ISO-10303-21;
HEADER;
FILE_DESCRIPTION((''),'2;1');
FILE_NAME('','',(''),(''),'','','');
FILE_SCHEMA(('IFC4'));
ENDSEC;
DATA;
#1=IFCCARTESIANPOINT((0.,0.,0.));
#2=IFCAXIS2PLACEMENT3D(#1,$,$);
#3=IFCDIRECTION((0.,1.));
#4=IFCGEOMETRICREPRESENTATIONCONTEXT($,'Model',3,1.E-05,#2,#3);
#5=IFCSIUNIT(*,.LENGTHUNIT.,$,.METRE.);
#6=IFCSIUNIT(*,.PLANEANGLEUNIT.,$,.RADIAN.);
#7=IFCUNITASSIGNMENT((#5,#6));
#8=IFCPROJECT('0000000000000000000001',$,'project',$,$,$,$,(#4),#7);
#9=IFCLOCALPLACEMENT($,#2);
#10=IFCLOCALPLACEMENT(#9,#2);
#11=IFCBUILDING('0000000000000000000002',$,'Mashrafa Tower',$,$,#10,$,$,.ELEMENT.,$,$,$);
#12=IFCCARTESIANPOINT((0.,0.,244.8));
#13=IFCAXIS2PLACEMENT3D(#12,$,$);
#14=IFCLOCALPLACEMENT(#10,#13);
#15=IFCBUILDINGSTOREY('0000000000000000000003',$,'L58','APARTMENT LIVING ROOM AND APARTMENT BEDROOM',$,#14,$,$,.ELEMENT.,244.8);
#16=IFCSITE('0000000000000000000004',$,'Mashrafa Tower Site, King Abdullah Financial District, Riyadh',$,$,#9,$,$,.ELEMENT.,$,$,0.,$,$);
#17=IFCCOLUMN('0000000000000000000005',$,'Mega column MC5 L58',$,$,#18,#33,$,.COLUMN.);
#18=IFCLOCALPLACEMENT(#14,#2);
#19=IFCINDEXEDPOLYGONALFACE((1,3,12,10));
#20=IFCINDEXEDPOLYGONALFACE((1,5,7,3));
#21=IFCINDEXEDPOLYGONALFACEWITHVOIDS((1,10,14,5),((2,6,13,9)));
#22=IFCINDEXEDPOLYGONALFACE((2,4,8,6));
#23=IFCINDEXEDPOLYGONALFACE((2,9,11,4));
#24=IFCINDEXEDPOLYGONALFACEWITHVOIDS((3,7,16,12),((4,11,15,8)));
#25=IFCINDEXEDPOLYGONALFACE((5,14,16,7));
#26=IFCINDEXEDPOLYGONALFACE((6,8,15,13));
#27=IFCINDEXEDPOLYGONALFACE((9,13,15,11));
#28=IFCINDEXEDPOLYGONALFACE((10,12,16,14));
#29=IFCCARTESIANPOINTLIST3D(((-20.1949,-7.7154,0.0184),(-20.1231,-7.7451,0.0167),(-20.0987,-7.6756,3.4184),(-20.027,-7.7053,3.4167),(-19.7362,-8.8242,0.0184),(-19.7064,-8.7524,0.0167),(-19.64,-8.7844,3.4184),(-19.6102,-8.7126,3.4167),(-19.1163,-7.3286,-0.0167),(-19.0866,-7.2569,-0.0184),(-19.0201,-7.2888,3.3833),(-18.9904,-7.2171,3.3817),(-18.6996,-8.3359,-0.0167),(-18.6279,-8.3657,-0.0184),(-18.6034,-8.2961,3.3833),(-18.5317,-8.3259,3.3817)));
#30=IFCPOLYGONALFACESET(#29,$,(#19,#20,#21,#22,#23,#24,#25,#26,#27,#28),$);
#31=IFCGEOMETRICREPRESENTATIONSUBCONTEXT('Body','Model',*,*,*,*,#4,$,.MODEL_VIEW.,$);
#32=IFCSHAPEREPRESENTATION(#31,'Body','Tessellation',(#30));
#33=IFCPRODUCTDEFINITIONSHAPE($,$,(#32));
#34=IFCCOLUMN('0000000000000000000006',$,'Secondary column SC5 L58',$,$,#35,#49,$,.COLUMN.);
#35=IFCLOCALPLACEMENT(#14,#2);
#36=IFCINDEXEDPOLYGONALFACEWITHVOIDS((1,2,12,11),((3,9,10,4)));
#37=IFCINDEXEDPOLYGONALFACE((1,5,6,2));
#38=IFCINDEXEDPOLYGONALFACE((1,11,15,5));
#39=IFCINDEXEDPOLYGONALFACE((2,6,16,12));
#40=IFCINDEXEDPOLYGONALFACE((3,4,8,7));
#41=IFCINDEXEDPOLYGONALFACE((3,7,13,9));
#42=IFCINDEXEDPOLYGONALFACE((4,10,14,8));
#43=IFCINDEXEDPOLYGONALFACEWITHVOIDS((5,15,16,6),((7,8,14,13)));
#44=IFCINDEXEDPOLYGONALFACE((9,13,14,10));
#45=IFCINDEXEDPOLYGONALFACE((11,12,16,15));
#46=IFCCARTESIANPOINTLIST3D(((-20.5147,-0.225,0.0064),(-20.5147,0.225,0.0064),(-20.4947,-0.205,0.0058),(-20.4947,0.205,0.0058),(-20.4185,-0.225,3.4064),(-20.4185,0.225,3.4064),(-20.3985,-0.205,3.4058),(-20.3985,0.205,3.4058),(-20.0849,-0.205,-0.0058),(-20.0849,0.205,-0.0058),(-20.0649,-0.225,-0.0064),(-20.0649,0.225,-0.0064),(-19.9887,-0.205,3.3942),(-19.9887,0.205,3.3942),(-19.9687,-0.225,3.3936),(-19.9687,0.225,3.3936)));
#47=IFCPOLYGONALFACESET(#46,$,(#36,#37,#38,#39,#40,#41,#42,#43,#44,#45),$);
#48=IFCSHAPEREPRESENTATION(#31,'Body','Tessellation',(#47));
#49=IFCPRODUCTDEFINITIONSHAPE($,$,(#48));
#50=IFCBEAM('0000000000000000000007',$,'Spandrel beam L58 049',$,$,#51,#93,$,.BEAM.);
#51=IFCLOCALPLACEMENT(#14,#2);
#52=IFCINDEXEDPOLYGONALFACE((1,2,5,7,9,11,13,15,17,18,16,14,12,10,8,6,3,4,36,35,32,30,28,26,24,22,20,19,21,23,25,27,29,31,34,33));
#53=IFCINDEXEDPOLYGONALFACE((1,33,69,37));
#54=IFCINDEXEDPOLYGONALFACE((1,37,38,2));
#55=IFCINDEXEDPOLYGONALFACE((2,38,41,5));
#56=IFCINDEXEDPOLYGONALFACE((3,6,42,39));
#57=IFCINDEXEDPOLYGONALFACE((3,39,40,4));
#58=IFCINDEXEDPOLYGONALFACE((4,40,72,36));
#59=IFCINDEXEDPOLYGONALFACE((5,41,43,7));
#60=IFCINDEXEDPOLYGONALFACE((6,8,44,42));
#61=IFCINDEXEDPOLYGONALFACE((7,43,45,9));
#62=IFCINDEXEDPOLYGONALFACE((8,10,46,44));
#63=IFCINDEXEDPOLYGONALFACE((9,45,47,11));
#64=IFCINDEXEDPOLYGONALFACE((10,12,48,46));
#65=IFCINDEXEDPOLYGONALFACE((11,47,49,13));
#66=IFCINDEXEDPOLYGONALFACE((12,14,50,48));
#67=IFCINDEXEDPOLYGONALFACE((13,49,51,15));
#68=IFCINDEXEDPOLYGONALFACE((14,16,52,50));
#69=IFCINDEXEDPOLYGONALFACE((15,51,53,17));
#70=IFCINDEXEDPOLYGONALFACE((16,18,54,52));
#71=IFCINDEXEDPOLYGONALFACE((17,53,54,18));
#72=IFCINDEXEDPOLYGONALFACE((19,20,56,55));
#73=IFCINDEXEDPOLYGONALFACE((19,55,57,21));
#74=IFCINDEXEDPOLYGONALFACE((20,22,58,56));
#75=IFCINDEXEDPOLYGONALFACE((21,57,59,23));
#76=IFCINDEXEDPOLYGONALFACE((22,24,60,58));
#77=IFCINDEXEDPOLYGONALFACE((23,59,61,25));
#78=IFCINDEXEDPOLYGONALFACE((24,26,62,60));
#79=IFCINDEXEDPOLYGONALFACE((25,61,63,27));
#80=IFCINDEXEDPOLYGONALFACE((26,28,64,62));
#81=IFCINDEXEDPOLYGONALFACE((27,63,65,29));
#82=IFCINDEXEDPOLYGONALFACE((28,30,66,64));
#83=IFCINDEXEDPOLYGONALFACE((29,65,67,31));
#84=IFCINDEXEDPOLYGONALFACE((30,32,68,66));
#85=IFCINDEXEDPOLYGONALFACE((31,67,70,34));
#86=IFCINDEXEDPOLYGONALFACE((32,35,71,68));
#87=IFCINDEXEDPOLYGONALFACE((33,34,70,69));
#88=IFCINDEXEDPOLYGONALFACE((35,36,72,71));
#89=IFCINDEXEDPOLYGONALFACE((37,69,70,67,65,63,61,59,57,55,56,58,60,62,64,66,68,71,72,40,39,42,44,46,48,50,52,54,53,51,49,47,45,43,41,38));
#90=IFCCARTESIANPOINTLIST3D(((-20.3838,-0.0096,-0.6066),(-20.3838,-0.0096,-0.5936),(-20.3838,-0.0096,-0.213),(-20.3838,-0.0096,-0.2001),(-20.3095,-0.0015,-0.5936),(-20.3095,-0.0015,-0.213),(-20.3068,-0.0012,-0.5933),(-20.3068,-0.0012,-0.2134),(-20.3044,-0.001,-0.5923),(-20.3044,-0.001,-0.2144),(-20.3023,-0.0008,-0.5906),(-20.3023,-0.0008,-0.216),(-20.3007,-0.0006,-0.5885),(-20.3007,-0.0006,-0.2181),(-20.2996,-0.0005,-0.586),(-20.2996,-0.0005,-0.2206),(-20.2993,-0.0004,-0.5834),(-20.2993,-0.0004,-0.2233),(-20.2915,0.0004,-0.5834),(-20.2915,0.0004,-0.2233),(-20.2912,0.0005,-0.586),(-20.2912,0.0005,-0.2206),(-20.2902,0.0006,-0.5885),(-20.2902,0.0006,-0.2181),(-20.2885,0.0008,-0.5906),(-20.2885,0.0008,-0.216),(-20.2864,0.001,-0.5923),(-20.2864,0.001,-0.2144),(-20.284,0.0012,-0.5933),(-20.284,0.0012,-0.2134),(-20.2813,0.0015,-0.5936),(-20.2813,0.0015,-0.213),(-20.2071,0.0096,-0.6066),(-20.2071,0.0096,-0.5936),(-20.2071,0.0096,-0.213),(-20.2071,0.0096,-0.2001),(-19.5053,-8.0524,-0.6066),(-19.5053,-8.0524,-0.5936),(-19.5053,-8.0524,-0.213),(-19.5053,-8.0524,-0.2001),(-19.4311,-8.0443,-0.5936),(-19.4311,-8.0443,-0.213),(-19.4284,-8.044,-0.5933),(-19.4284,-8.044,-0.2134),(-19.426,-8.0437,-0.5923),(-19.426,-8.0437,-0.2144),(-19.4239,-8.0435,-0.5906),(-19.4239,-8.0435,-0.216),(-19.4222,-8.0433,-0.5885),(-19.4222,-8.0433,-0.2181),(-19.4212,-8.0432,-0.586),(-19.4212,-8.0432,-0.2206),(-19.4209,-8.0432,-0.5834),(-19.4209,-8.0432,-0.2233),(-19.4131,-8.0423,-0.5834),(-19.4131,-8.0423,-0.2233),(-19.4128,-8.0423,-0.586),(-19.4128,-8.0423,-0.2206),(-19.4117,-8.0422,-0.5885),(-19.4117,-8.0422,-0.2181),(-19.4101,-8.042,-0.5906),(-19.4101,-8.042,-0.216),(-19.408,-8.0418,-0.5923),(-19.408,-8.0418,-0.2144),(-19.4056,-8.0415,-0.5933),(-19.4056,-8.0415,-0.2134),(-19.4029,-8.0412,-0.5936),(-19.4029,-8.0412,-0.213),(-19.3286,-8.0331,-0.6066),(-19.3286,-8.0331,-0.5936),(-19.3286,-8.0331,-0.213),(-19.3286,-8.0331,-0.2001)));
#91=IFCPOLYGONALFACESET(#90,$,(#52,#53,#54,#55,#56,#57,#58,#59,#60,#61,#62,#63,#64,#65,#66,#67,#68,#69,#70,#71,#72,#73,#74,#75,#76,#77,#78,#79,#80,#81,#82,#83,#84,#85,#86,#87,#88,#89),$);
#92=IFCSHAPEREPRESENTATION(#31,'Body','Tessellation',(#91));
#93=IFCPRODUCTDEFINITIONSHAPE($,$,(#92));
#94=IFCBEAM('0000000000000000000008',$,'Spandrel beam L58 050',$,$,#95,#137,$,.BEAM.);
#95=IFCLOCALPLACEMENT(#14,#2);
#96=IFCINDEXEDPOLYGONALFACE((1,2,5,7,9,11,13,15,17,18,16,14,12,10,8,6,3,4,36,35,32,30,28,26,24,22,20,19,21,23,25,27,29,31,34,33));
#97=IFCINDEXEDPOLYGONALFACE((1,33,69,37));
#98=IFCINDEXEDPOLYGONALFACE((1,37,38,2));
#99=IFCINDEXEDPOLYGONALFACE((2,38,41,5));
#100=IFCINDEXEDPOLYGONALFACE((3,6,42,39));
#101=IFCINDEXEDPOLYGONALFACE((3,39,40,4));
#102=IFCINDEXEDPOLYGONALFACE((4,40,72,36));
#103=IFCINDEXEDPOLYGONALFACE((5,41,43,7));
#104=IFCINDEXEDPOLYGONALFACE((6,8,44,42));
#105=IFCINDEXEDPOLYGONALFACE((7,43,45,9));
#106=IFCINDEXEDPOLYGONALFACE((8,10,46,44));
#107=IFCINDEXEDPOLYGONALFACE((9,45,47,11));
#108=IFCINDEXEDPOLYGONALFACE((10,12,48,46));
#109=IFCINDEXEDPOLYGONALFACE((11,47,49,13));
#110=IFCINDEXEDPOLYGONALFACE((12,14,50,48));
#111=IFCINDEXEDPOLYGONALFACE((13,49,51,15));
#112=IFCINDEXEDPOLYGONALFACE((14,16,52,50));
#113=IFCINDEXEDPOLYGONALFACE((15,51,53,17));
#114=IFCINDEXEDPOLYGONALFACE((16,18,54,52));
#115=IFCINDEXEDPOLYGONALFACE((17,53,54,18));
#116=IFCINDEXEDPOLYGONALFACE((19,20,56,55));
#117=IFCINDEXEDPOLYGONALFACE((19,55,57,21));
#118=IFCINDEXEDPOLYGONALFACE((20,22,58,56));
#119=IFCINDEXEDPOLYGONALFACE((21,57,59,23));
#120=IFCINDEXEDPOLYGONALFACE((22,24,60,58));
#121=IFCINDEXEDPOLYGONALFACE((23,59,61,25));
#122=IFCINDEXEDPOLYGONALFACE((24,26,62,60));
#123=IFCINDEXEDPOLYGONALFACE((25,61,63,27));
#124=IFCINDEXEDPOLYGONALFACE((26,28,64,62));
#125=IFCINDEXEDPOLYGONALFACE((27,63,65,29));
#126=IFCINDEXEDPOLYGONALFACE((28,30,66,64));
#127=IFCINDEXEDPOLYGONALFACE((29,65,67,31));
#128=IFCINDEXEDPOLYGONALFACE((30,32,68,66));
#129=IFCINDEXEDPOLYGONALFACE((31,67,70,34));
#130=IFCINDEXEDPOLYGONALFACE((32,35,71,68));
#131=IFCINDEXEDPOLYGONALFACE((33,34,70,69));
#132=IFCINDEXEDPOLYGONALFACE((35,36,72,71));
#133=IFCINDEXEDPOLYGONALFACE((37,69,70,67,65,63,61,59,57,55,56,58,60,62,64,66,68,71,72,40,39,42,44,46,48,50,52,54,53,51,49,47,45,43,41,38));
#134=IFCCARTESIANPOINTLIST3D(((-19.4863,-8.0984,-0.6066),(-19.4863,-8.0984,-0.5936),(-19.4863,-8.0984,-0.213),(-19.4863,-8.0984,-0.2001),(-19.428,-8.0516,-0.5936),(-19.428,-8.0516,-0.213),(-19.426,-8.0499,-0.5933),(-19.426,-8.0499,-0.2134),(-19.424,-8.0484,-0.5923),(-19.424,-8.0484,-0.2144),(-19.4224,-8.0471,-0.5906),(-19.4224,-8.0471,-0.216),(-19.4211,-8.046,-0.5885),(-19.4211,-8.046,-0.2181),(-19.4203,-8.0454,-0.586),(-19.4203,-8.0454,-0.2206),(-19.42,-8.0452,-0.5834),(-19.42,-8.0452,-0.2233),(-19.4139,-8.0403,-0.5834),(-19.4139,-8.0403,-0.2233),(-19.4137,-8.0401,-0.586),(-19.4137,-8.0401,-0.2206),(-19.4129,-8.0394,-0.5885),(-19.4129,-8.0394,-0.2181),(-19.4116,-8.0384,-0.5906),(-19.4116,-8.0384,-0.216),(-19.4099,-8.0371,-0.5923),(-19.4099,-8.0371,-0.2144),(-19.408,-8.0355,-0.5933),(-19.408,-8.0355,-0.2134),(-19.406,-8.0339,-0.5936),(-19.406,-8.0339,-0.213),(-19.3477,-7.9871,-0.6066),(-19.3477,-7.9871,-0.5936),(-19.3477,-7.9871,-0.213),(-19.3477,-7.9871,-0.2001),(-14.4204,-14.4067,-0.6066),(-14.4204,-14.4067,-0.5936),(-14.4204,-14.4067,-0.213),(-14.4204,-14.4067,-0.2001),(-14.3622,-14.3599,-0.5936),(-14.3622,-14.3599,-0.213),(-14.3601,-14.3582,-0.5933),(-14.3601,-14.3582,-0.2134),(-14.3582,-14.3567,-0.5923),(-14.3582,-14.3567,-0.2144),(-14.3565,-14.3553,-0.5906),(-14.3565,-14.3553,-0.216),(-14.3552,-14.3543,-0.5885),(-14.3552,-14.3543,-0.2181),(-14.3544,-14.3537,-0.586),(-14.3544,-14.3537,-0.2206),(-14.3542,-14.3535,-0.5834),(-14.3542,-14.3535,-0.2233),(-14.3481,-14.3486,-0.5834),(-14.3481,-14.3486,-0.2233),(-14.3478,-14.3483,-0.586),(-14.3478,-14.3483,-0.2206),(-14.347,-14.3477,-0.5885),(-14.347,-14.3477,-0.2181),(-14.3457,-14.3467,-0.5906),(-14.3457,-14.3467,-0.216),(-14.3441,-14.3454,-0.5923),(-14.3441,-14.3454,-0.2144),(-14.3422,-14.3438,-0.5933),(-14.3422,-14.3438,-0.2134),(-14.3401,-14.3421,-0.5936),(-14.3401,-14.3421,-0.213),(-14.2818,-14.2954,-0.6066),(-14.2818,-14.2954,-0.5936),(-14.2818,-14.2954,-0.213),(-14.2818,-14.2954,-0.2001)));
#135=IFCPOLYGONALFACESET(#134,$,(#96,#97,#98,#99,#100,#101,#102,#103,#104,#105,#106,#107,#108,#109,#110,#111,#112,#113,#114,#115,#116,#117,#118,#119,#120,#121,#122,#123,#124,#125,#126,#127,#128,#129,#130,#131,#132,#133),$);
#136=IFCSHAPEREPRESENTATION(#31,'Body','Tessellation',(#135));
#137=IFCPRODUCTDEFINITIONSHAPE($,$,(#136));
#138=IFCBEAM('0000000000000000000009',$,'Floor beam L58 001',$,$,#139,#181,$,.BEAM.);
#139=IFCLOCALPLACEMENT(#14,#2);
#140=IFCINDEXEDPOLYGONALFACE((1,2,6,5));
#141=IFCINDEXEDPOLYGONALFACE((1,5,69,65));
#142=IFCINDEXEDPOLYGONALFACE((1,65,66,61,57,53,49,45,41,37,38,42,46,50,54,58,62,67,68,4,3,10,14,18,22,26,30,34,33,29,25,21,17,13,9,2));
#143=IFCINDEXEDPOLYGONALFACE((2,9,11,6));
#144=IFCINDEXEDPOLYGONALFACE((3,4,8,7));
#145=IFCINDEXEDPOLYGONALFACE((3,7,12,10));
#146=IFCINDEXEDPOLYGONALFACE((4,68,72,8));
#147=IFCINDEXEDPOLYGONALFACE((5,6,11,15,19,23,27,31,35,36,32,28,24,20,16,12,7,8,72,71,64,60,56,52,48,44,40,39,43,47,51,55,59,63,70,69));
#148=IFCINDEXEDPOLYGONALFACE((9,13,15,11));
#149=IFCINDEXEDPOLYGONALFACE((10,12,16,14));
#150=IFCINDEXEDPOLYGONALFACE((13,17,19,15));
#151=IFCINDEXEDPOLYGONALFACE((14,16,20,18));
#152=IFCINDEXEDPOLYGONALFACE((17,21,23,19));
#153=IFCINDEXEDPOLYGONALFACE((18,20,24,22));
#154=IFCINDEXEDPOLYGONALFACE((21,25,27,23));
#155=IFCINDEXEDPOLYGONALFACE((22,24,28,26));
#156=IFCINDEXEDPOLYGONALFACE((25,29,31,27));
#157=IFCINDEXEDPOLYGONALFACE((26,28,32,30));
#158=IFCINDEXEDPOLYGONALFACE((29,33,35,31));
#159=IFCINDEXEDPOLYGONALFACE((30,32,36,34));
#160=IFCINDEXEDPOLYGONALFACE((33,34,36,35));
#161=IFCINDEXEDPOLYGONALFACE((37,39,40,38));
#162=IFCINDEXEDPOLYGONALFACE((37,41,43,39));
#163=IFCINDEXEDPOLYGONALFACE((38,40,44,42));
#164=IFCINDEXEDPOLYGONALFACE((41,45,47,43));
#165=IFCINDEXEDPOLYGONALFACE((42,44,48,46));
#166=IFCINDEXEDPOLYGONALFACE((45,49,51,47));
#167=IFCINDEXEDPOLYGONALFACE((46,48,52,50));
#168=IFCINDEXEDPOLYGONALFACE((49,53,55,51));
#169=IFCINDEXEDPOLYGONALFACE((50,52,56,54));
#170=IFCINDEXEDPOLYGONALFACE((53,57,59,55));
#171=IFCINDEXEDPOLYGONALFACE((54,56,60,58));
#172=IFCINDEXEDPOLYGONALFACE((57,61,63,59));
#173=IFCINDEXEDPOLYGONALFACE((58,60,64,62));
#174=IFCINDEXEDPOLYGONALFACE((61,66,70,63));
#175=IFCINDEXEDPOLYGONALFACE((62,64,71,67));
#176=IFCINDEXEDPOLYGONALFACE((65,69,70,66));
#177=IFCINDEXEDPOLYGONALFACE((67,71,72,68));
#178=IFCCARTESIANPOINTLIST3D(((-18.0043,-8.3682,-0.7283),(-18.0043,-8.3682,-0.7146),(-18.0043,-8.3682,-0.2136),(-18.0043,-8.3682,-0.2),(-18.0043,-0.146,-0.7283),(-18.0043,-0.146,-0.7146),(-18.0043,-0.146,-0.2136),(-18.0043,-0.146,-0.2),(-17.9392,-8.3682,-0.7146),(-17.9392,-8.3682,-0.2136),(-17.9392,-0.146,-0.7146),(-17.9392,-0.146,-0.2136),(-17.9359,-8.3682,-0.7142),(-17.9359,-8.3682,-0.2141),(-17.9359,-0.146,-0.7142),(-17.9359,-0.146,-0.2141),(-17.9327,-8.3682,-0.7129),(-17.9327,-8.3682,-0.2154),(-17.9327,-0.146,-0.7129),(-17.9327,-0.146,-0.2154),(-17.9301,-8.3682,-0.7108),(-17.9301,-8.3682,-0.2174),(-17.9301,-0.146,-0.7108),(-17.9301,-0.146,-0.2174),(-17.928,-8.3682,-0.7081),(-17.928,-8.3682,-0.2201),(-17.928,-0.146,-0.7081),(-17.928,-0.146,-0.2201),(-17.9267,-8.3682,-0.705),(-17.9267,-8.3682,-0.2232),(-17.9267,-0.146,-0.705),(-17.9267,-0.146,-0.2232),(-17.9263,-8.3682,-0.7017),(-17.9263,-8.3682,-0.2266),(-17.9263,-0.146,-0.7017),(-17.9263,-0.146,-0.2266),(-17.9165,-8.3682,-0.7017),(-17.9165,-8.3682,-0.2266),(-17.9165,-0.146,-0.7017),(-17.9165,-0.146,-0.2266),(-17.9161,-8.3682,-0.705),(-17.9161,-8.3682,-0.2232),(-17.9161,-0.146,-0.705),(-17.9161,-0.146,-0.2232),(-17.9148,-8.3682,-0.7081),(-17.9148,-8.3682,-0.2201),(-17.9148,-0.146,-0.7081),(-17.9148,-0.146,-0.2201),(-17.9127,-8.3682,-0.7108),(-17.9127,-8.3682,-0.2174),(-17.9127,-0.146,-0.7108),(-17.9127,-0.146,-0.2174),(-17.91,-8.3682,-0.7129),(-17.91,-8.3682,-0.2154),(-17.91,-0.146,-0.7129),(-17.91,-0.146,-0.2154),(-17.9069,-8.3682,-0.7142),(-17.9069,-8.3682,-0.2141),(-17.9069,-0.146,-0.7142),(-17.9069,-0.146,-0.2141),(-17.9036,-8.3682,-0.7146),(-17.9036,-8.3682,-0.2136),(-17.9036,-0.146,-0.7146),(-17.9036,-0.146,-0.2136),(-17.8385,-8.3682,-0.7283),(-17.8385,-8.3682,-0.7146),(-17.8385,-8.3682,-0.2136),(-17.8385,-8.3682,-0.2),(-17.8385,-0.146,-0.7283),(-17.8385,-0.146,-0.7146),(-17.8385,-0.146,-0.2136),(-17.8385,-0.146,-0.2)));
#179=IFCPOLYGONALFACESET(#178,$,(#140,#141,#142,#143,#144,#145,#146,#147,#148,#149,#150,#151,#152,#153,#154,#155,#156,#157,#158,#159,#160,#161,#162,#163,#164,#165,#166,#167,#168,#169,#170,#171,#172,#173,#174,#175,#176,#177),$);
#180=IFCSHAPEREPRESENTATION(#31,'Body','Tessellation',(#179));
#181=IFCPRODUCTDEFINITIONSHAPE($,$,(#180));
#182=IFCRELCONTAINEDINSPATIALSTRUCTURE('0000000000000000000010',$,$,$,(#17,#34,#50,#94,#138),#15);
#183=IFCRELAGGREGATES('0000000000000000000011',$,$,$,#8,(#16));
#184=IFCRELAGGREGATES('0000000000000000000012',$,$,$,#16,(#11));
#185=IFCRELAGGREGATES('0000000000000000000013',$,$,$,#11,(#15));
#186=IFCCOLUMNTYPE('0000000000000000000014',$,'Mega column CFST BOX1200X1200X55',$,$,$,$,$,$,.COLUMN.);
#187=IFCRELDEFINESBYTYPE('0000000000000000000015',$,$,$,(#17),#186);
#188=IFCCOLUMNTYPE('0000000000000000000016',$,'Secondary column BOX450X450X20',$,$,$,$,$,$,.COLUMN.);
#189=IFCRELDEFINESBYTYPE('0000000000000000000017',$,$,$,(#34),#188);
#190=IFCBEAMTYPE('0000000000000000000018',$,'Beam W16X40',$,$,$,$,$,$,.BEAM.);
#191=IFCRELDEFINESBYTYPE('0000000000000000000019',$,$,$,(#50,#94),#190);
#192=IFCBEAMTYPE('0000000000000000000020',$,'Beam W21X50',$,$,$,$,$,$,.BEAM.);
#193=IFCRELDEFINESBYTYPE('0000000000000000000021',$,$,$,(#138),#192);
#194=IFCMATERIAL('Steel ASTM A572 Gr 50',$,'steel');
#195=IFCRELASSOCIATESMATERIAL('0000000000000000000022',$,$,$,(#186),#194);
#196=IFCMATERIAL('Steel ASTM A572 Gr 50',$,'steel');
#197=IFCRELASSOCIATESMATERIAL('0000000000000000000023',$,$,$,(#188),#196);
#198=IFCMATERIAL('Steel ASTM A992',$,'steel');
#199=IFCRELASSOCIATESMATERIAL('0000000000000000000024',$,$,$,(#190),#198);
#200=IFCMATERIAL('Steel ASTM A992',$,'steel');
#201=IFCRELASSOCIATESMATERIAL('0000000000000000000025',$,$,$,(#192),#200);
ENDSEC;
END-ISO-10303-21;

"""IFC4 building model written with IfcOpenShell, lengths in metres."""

from ifc_helpers import new_model, si_unit, direction, frame, origin, origin_2d, place, context, subcontext, project, spatial, hollow_rectangle, i_section, extrude, material, material_profile, profile_set, type_object, element, save


model = new_model("IFC4")

# Units and contexts
model_context = context("Model", 3, precision=1e-05, world=origin(), true_north=direction((0.0, 1.0)))
body_context = subcontext(model_context, "Body", "Model", "MODEL_VIEW")
ifc_project = project(units=[si_unit("LENGTHUNIT", "METRE"), si_unit("PLANEANGLEUNIT", "RADIAN")], contexts=[model_context])

# Site, building, storey
site_placement = place(None, origin())
site = spatial("IfcSite", under=ifc_project, at=site_placement, Name="Mashrafa Tower Site, King Abdullah Financial District, Riyadh", CompositionType="ELEMENT", RefElevation=0.0)
building_placement = place(site_placement, origin())
building = spatial("IfcBuilding", under=site, at=building_placement, Name="Mashrafa Tower", CompositionType="ELEMENT")
storey_placement = place(building_placement, frame((0.0, 0.0, 244.8)))
storey = spatial("IfcBuildingStorey", under=building, at=storey_placement, Name="L58", Description="APARTMENT LIVING ROOM AND APARTMENT BEDROOM", CompositionType="ELEMENT", Elevation=244.8)

# Columns
ifc_material_1 = material(Name="Steel ASTM A572 Gr 50", Category="steel")
ifc_material_profile_1 = material_profile(ifc_material_1, hollow_rectangle(XDim=1.2, YDim=1.2, WallThickness=0.0549, at=origin_2d()), Name="BOX1200X1200X55")
ifc_profile_set_1 = profile_set([ifc_material_profile_1], Name="Steel ASTM A572 Gr 50")
column_type_1 = type_object("IfcColumnType", Name="Mega column CFST BOX1200X1200X55", PredefinedType="COLUMN", material=ifc_profile_set_1)
column_1_placement = place(storey_placement, frame((-19.4114, -8.0405, 0.0), z_axis=(0.028279, 0.011699, 0.999532), x_axis=(-0.382283, 0.924045, 0.0)))
element("IfcColumn", 1, at=column_1_placement, inside=storey, type_object=column_type_1, Name="Mega column MC5 L58", PredefinedType="COLUMN", context=body_context, shape_type="SweptSolid", body=[
    extrude(hollow_rectangle(XDim=1.2, YDim=1.2, WallThickness=0.0549, at=origin_2d()), origin(), (0.0, 0.0, 1.0), 3.4016),
])
ifc_material_2 = material(Name="Steel ASTM A572 Gr 50", Category="steel")
ifc_material_profile_2 = material_profile(ifc_material_2, hollow_rectangle(XDim=0.45, YDim=0.45, WallThickness=0.02, at=origin_2d()), Name="BOX450X450X20")
ifc_profile_set_2 = profile_set([ifc_material_profile_2], Name="Steel ASTM A572 Gr 50")
column_type_2 = type_object("IfcColumnType", Name="Secondary column BOX450X450X20", PredefinedType="COLUMN", material=ifc_profile_set_2)
column_2_placement = place(storey_placement, frame((-20.2898, 0.0, 0.0), z_axis=(0.028281, 0.0, 0.9996), x_axis=(0.0, 1.0, 0.0)))
element("IfcColumn", 2, at=column_2_placement, inside=storey, type_object=column_type_2, Name="Secondary column SC5 L58", PredefinedType="COLUMN", context=body_context, shape_type="SweptSolid", body=[
    extrude(hollow_rectangle(XDim=0.45, YDim=0.45, WallThickness=0.02, at=origin_2d()), origin(), (0.0, 0.0, 1.0), 3.4014),
])

# Beams
ifc_material_3 = material(Name="Steel ASTM A992", Category="steel")
ifc_material_profile_3 = material_profile(ifc_material_3, i_section(OverallWidth=0.1777, OverallDepth=0.4065, WebThickness=0.0078, FlangeThickness=0.0129, FilletRadius=0.0103, at=origin_2d()), Name="W16X40")
ifc_profile_set_3 = profile_set([ifc_material_profile_3], Name="Steel ASTM A992")
beam_type_1 = type_object("IfcBeamType", Name="Beam W16X40", PredefinedType="BEAM", material=ifc_profile_set_3)
for number, where, z_axis, x_axis, name in (
    (3, (-20.2954, 0.0, -0.4033), (0.108573, -0.994088, 0.0), (0.994088, 0.108573, 0.0), "Spandrel beam L58 049"),
    (4, (-19.417, -8.0427, -0.4033), (0.626144, -0.779708, 0.0), (0.779708, 0.626144, 0.0), "Spandrel beam L58 050"),
):
    element("IfcBeam", number, at=place(storey_placement, frame(where, z_axis=z_axis, x_axis=x_axis)), inside=storey, type_object=beam_type_1, Name=name, PredefinedType="BEAM", context=body_context, shape_type="SweptSolid", body=[
        extrude(i_section(OverallWidth=0.1777, OverallDepth=0.4065, WebThickness=0.0078, FlangeThickness=0.0129, FilletRadius=0.0103, at=origin_2d()), origin(), (0.0, 0.0, 1.0), 8.0906),
    ])
ifc_material_4 = material(Name="Steel ASTM A992", Category="steel")
ifc_material_profile_4 = material_profile(ifc_material_4, i_section(OverallWidth=0.1658, OverallDepth=0.5283, WebThickness=0.0098, FlangeThickness=0.0137, FilletRadius=0.0129, at=origin_2d()), Name="W21X50")
ifc_profile_set_4 = profile_set([ifc_material_profile_4], Name="Steel ASTM A992")
beam_type_2 = type_object("IfcBeamType", Name="Beam W21X50", PredefinedType="BEAM", material=ifc_profile_set_4)
beam_placement = place(storey_placement, frame((-17.9214, -8.3682, -0.4641), z_axis=(0.0, 1.0, 0.0), x_axis=(-1.0, 0.0, 0.0)))
element("IfcBeam", 5, at=beam_placement, inside=storey, type_object=beam_type_2, Name="Floor beam L58 001", PredefinedType="BEAM", context=body_context, shape_type="SweptSolid", body=[
    extrude(i_section(OverallWidth=0.1658, OverallDepth=0.5283, WebThickness=0.0098, FlangeThickness=0.0137, FilletRadius=0.0129, at=origin_2d()), origin(), (0.0, 0.0, 1.0), 8.2222),
])

save(model, "model.ifc")
